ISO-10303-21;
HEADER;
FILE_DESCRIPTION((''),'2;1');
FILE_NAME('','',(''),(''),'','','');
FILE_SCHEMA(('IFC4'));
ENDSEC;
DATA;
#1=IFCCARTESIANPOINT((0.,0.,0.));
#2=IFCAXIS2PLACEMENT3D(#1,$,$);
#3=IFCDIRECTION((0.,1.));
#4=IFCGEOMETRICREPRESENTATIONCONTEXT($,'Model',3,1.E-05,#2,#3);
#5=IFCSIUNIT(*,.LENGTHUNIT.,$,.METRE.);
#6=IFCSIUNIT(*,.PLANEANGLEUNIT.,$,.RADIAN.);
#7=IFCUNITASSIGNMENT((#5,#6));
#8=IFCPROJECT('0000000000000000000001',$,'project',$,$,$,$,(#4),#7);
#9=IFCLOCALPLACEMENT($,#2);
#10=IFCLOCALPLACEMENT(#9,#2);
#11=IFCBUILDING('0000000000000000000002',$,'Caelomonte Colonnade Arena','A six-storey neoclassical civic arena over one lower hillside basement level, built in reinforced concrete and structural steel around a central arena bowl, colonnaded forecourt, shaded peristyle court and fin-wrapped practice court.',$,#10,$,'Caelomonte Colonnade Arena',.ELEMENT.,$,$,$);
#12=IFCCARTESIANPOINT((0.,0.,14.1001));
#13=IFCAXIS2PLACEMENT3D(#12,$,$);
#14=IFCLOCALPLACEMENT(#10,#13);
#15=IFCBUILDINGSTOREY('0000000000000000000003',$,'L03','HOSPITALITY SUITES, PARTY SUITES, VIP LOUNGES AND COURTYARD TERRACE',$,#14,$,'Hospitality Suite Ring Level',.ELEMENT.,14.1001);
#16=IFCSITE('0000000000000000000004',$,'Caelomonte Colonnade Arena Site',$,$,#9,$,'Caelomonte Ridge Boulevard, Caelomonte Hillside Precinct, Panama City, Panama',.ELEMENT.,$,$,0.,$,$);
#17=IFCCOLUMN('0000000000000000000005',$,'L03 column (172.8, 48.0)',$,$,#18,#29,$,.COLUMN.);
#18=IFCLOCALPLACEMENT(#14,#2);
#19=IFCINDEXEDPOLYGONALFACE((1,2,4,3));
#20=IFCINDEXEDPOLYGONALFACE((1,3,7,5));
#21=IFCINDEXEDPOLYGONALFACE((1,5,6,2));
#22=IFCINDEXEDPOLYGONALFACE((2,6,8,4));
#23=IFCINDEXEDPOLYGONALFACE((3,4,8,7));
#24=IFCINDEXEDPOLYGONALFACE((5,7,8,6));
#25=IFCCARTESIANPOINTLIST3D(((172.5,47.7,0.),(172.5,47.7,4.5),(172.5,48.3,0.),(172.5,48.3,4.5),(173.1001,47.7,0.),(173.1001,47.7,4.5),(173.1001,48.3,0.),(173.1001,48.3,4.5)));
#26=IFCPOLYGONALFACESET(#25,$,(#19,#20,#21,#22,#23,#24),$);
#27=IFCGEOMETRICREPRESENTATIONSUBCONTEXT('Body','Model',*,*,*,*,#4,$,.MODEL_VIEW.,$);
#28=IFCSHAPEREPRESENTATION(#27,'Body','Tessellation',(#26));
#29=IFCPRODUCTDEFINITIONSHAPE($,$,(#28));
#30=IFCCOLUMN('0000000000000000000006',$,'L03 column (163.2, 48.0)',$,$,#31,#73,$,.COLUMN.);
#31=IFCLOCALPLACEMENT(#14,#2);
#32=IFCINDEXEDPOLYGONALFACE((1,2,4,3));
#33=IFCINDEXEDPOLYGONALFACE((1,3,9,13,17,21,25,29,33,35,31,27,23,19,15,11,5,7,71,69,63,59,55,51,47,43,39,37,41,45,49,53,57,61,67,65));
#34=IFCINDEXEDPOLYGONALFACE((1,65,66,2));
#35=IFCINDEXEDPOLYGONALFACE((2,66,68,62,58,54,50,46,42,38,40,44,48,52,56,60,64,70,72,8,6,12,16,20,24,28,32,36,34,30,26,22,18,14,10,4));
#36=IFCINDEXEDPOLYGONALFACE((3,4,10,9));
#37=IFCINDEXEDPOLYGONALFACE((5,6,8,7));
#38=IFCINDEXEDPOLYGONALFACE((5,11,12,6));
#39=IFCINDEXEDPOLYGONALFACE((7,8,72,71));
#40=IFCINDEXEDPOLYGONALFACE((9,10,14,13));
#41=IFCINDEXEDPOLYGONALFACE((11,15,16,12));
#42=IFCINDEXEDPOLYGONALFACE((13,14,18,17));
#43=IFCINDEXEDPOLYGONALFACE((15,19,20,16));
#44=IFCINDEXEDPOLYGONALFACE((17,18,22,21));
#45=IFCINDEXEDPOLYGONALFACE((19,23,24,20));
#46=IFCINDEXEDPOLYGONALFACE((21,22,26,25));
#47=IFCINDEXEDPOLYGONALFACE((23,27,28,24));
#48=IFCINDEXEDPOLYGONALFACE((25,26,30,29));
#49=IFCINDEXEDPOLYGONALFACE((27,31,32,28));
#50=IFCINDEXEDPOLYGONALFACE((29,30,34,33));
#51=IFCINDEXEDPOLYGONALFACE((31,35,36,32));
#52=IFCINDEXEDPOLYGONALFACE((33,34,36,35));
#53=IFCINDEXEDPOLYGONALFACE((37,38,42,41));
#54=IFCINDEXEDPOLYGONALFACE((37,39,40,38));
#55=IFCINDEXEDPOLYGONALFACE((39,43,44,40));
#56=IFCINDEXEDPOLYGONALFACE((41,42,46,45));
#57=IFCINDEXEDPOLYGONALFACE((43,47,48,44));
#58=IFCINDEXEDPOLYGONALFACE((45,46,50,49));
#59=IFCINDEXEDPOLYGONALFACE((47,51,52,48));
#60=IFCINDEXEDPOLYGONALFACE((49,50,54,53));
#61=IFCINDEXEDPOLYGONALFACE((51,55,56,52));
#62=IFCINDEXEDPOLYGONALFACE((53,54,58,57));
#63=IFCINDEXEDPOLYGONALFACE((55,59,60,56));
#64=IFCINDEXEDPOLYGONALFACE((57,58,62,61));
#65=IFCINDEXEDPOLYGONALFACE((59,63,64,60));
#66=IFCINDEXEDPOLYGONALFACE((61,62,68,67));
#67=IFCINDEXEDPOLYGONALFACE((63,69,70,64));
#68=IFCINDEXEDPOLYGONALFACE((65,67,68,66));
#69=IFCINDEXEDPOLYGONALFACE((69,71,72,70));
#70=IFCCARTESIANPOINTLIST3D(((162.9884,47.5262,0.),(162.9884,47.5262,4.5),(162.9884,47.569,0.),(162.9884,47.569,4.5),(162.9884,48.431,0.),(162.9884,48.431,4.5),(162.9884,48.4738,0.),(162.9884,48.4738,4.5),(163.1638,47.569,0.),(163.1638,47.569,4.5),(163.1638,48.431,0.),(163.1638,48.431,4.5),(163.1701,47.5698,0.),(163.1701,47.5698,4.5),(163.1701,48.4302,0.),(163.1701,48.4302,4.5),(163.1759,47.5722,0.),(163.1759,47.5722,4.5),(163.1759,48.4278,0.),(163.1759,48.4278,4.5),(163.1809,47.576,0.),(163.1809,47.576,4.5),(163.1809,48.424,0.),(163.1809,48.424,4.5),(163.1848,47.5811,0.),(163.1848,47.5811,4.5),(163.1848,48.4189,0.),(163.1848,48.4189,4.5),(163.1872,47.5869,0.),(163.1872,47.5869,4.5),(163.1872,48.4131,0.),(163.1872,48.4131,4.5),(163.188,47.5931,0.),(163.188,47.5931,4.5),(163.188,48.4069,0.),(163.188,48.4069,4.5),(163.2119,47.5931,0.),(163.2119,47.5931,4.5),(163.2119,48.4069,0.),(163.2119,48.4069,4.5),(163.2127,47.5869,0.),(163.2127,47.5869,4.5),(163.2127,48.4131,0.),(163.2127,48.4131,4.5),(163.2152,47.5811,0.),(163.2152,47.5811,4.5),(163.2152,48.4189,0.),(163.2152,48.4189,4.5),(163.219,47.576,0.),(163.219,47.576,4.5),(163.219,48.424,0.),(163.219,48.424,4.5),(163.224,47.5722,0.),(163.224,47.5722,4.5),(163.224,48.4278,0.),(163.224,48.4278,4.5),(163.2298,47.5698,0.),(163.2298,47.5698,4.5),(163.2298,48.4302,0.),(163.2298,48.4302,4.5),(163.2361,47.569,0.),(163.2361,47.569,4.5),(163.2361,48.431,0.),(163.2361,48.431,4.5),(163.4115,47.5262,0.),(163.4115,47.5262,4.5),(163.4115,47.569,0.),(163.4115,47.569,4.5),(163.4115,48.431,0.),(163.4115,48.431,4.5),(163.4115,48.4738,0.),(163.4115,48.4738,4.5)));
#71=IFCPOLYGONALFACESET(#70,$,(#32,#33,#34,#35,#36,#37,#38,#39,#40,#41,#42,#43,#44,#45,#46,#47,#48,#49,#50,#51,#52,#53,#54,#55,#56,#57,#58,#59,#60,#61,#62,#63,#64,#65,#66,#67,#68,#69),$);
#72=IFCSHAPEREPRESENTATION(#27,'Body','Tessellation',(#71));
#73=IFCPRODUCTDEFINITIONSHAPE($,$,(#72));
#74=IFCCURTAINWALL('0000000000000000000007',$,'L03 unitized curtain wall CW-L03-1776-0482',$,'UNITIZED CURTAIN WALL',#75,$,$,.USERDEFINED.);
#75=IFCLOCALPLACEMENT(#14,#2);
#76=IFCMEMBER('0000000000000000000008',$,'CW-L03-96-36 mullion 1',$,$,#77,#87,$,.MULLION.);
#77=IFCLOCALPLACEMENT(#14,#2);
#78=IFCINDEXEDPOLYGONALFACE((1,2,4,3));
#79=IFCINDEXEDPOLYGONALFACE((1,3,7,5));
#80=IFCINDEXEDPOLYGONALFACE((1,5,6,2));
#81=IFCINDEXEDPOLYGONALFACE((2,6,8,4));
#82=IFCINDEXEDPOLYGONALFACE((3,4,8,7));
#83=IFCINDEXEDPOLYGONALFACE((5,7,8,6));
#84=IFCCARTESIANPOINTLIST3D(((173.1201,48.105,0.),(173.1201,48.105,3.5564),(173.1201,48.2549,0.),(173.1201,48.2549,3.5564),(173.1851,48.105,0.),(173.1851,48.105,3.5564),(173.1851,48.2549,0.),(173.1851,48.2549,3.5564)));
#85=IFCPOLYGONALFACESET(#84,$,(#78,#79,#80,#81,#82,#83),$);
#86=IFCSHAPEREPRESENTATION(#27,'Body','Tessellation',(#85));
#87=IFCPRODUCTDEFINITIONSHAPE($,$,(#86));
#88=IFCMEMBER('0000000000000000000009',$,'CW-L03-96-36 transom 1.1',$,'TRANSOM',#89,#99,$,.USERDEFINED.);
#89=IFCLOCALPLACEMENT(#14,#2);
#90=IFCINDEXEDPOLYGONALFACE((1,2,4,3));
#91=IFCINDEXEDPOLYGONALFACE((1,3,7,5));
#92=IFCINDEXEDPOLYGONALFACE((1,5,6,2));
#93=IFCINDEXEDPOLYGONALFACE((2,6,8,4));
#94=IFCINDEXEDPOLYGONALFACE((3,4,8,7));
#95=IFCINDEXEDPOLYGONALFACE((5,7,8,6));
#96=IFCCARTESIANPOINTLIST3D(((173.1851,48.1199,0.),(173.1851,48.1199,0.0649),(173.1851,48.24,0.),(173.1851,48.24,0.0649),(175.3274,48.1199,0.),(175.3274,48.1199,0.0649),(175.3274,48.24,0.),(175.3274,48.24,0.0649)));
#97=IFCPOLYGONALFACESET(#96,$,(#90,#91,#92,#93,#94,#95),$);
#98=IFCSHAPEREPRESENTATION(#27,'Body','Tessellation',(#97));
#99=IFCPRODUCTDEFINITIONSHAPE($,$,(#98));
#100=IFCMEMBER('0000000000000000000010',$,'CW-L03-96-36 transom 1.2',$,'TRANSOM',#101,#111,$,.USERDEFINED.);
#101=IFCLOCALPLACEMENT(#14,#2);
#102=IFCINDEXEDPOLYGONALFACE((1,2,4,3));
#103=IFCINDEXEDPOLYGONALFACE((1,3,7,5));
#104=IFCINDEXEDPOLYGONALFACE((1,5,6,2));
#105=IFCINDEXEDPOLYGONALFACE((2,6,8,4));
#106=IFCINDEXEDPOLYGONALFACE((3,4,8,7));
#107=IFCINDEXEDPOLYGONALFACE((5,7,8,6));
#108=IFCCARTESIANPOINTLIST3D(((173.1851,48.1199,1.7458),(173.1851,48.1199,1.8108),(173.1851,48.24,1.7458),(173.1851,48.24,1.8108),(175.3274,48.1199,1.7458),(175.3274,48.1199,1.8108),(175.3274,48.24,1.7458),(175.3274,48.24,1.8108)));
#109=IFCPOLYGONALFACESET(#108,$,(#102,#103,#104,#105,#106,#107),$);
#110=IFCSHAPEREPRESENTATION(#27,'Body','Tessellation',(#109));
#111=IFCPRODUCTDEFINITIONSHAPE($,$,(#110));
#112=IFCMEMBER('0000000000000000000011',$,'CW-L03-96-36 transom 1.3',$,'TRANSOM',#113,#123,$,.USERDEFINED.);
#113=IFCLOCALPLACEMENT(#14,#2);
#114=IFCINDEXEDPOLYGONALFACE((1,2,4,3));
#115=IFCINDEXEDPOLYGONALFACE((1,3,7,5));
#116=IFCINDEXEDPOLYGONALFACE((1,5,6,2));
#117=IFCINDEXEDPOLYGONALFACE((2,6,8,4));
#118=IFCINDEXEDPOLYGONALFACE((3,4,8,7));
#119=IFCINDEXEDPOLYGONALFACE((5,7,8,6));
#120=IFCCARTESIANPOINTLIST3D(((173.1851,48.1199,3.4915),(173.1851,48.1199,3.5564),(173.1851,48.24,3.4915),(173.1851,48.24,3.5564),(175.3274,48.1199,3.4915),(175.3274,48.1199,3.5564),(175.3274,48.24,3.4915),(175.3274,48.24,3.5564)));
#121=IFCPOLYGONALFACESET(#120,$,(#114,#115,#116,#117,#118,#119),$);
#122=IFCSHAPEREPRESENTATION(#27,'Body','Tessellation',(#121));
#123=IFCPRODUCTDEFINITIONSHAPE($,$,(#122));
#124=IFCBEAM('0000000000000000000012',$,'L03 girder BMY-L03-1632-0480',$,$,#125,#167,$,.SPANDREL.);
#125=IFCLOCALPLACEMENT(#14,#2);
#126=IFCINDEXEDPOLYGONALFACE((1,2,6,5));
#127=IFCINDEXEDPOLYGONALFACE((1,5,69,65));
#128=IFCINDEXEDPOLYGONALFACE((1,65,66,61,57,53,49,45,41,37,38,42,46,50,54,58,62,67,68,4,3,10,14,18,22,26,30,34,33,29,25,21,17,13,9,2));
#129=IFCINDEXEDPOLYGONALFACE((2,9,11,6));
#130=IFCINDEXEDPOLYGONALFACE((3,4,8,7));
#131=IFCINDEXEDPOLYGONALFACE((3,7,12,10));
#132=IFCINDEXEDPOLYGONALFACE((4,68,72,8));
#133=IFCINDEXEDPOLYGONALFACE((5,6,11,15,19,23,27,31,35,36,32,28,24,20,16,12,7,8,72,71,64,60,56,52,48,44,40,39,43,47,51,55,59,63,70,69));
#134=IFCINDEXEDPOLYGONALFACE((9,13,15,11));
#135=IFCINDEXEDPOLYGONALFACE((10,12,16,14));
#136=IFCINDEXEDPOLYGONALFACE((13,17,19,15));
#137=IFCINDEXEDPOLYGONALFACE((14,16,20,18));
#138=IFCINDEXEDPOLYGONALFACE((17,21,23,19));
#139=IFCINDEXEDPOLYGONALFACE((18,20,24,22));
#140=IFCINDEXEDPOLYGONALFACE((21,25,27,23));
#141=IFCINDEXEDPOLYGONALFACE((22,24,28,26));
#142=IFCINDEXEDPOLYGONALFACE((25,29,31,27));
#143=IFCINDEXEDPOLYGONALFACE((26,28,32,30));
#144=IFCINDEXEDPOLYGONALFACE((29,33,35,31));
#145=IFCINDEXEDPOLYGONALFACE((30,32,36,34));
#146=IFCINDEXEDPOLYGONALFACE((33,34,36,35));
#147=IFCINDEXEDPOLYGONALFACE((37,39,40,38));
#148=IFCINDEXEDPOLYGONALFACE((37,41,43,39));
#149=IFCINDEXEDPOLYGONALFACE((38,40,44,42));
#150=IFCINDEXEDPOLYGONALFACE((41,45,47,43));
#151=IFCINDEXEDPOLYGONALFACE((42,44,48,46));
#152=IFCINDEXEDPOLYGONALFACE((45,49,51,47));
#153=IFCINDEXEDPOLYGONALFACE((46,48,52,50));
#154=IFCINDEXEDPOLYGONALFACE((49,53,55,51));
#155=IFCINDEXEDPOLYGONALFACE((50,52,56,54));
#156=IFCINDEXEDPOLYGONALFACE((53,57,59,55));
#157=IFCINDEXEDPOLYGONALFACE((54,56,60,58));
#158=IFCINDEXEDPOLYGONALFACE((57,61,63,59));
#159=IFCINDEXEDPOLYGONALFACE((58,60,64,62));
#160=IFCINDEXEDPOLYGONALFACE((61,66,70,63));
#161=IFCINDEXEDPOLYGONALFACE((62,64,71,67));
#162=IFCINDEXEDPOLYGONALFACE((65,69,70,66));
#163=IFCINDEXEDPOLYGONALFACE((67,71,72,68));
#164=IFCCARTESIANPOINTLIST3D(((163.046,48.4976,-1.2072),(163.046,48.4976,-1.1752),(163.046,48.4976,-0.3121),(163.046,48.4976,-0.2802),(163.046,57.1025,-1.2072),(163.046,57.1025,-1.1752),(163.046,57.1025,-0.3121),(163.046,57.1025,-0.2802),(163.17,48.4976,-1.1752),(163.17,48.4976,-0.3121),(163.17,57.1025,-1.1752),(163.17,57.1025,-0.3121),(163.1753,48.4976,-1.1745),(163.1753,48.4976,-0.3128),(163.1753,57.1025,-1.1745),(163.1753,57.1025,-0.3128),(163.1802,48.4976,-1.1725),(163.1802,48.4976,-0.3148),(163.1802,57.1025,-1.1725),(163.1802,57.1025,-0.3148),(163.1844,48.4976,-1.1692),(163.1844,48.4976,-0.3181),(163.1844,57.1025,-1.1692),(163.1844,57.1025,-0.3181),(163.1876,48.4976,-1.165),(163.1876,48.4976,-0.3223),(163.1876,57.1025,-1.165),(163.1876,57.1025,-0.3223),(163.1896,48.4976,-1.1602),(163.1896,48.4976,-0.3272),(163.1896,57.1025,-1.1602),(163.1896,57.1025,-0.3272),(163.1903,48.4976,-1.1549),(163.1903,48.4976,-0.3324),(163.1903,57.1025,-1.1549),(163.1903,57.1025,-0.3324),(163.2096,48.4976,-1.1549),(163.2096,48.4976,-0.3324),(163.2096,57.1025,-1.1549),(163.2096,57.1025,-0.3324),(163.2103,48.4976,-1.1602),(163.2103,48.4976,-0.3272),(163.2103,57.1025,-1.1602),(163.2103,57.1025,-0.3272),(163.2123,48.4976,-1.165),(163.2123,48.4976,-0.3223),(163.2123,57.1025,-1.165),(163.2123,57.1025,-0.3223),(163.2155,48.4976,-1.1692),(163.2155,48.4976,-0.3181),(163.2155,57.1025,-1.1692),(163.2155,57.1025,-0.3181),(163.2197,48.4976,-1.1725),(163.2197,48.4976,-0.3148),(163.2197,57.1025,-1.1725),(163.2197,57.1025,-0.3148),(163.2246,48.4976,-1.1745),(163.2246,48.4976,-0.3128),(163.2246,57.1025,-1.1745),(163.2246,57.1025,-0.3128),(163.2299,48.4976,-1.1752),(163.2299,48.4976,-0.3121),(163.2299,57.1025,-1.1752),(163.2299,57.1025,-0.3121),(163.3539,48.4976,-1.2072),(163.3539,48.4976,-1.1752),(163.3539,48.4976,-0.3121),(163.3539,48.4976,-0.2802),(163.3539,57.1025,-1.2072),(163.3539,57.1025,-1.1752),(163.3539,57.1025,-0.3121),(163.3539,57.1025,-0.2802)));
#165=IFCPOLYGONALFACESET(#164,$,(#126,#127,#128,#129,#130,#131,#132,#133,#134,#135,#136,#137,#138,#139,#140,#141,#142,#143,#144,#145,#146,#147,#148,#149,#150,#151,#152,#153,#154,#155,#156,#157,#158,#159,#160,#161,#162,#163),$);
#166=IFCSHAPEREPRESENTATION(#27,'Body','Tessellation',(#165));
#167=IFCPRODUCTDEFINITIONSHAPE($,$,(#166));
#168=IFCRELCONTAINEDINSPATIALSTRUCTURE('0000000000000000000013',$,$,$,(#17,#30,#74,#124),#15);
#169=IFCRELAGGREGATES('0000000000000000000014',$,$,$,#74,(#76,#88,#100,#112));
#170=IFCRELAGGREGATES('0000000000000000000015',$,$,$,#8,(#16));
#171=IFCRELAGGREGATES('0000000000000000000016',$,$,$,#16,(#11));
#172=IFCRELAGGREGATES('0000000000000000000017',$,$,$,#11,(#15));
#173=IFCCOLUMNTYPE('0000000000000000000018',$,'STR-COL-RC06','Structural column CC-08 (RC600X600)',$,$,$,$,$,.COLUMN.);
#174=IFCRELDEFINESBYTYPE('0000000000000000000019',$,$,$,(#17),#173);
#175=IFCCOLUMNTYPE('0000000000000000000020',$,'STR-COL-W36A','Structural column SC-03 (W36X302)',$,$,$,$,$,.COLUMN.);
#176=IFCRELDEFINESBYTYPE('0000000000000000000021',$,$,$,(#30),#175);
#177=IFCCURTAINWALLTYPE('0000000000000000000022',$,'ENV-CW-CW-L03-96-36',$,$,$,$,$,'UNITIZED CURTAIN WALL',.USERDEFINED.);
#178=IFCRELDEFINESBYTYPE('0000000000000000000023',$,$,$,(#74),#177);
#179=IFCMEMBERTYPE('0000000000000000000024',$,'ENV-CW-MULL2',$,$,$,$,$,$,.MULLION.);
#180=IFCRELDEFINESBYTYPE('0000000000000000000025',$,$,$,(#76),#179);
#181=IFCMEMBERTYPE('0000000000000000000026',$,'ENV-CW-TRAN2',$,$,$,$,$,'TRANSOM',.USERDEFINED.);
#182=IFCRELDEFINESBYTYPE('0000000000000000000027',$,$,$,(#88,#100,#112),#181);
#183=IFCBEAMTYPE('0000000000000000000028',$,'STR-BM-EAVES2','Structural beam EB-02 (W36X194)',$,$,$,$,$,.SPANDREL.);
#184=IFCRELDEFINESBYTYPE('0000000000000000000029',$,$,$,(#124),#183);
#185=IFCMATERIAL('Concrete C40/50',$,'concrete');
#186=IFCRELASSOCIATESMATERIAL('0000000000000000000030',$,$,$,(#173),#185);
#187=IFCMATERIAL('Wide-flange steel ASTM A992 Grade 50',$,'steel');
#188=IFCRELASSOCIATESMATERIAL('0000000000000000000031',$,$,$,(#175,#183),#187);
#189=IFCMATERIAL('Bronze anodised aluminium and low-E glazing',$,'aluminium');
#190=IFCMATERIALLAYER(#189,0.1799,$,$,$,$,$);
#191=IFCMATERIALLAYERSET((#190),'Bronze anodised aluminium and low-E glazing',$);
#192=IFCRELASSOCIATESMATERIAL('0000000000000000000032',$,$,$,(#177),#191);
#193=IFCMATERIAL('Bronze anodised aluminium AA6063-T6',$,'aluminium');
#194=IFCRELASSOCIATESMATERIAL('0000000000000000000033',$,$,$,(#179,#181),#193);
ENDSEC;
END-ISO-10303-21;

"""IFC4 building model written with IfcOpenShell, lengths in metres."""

from ifc_helpers import new_model, si_unit, direction, frame, origin, origin_2d, place, context, subcontext, project, spatial, rectangle, i_section, extrude, material, layer, layer_set, material_profile, profile_set, type_object, element, aggregate, save


model = new_model("IFC4")

# Units and contexts
model_context = context("Model", 3, precision=1e-05, world=origin(), true_north=direction((0.0, 1.0)))
body_context = subcontext(model_context, "Body", "Model", "MODEL_VIEW")
ifc_project = project(units=[si_unit("LENGTHUNIT", "METRE"), si_unit("PLANEANGLEUNIT", "RADIAN")], contexts=[model_context])

# Site, building, storey
site_placement = place(None, origin())
site = spatial("IfcSite", under=ifc_project, at=site_placement, Name="Caelomonte Colonnade Arena Site", LongName="Caelomonte Ridge Boulevard, Caelomonte Hillside Precinct, Panama City, Panama", CompositionType="ELEMENT", RefElevation=0.0)
building_placement = place(site_placement, origin())
building = spatial("IfcBuilding", under=site, at=building_placement, Name="Caelomonte Colonnade Arena", Description="A six-storey neoclassical civic arena over one lower hillside basement level, built in reinforced concrete and structural steel around a central arena bowl, colonnaded forecourt, shaded peristyle court and fin-wrapped practice court.", LongName="Caelomonte Colonnade Arena", CompositionType="ELEMENT")
storey_placement = place(building_placement, frame((0.0, 0.0, 14.1001)))
storey = spatial("IfcBuildingStorey", under=building, at=storey_placement, Name="L03", Description="HOSPITALITY SUITES, PARTY SUITES, VIP LOUNGES AND COURTYARD TERRACE", LongName="Hospitality Suite Ring Level", CompositionType="ELEMENT", Elevation=14.1001)

# Columns
ifc_material_1 = material(Name="Concrete C40/50", Category="concrete")
ifc_material_profile_1 = material_profile(ifc_material_1, rectangle(XDim=0.6001, YDim=0.6001, at=origin_2d()), Name="RC600X600")
ifc_profile_set_1 = profile_set([ifc_material_profile_1], Name="Concrete C40/50")
column_type_1 = type_object("IfcColumnType", Name="STR-COL-RC06", Description="Structural column CC-08 (RC600X600)", PredefinedType="COLUMN", material=ifc_profile_set_1)
column_1_placement = place(storey_placement, frame((172.8, 48.0, 0.0), z_axis=(0.0, 0.0, 1.0), x_axis=(1.0, 0.0, 0.0)))
element("IfcColumn", 1, at=column_1_placement, inside=storey, type_object=column_type_1, Name="L03 column (172.8, 48.0)", PredefinedType="COLUMN", context=body_context, shape_type="SweptSolid", body=[
    extrude(rectangle(XDim=0.6001, YDim=0.6001, at=origin_2d()), origin(), (0.0, 0.0, 1.0), 4.5),
])
ifc_material_2 = material(Name="Wide-flange steel ASTM A992 Grade 50", Category="steel")
ifc_material_profile_2 = material_profile(ifc_material_2, i_section(OverallWidth=0.4231, OverallDepth=0.9475, WebThickness=0.0239, FlangeThickness=0.0427, FilletRadius=0.0242, at=origin_2d()), Name="W36X302")
ifc_profile_set_2 = profile_set([ifc_material_profile_2], Name="Wide-flange steel ASTM A992 Grade 50")
column_type_2 = type_object("IfcColumnType", Name="STR-COL-W36A", Description="Structural column SC-03 (W36X302)", PredefinedType="COLUMN", material=ifc_profile_set_2)
column_2_placement = place(storey_placement, frame((163.2, 48.0, 0.0), z_axis=(0.0, 0.0, 1.0), x_axis=(1.0, 0.0, 0.0)))
element("IfcColumn", 2, at=column_2_placement, inside=storey, type_object=column_type_2, Name="L03 column (163.2, 48.0)", PredefinedType="COLUMN", context=body_context, shape_type="SweptSolid", body=[
    extrude(i_section(OverallWidth=0.4231, OverallDepth=0.9475, WebThickness=0.0239, FlangeThickness=0.0427, FilletRadius=0.0242, at=origin_2d()), origin(), (0.0, 0.0, 1.0), 4.5),
])

# Curtain wall, members
ifc_material_3 = material(Name="Bronze anodised aluminium and low-E glazing", Category="aluminium")
ifc_layer_1 = layer(ifc_material_3, 0.1799)
ifc_layer_set_1 = layer_set([ifc_layer_1], Name="Bronze anodised aluminium and low-E glazing")
curtain_wall_type = type_object("IfcCurtainWallType", Name="ENV-CW-CW-L03-96-36", ElementType="UNITIZED CURTAIN WALL", PredefinedType="USERDEFINED", material=ifc_layer_set_1)
curtain_wall_placement = place(storey_placement, origin())
curtain_wall = element("IfcCurtainWall", 3, at=curtain_wall_placement, inside=storey, type_object=curtain_wall_type, Name="L03 unitized curtain wall CW-L03-1776-0482", ObjectType="UNITIZED CURTAIN WALL", PredefinedType="USERDEFINED")
ifc_material_4 = material(Name="Bronze anodised aluminium AA6063-T6", Category="aluminium")
ifc_material_profile_3 = material_profile(ifc_material_4, rectangle(XDim=0.0649, YDim=0.1499, at=origin_2d()), Name="CWM-65X150")
ifc_profile_set_3 = profile_set([ifc_material_profile_3], Name="Bronze anodised aluminium AA6063-T6")
member_type_1 = type_object("IfcMemberType", Name="ENV-CW-MULL2", PredefinedType="MULLION", material=ifc_profile_set_3)
member_1_placement = place(storey_placement, frame((173.1526, 48.1799, 0.0), z_axis=(0.0, 0.0, 1.0), x_axis=(1.0, 0.0, 0.0)))
member_1 = element("IfcMember", 4, at=member_1_placement, type_object=member_type_1, Name="CW-L03-96-36 mullion 1", PredefinedType="MULLION", context=body_context, shape_type="SweptSolid", body=[
    extrude(rectangle(XDim=0.0649, YDim=0.1499, at=origin_2d()), origin(), (0.0, 0.0, 1.0), 3.5564),
])
ifc_material_profile_4 = material_profile(ifc_material_4, rectangle(XDim=0.0649, YDim=0.1201, at=origin_2d()), Name="CWT-65X120")
ifc_profile_set_4 = profile_set([ifc_material_profile_4], Name="Bronze anodised aluminium AA6063-T6")
member_type_2 = type_object("IfcMemberType", Name="ENV-CW-TRAN2", ElementType="TRANSOM", PredefinedType="USERDEFINED", material=ifc_profile_set_4)
member_2_placement = place(storey_placement, frame((173.1851, 48.1799, 0.0325), z_axis=(1.0, 0.0, 0.0), x_axis=(0.0, 0.0, 1.0)))
member_2 = element("IfcMember", 5, at=member_2_placement, type_object=member_type_2, Name="CW-L03-96-36 transom 1.1", ObjectType="TRANSOM", PredefinedType="USERDEFINED", context=body_context, shape_type="SweptSolid", body=[
    extrude(rectangle(XDim=0.0649, YDim=0.1201, at=origin_2d()), origin(), (0.0, 0.0, 1.0), 2.1423),
])
member_3_placement = place(storey_placement, frame((173.1851, 48.1799, 1.7783), z_axis=(1.0, 0.0, 0.0), x_axis=(0.0, 0.0, 1.0)))
member_3 = element("IfcMember", 6, at=member_3_placement, type_object=member_type_2, Name="CW-L03-96-36 transom 1.2", ObjectType="TRANSOM", PredefinedType="USERDEFINED", context=body_context, shape_type="SweptSolid", body=[
    extrude(rectangle(XDim=0.0649, YDim=0.1201, at=origin_2d()), origin(), (0.0, 0.0, 1.0), 2.1423),
])
member_4_placement = place(storey_placement, frame((173.1851, 48.1799, 3.5239), z_axis=(1.0, 0.0, 0.0), x_axis=(0.0, 0.0, 1.0)))
member_4 = element("IfcMember", 7, at=member_4_placement, type_object=member_type_2, Name="CW-L03-96-36 transom 1.3", ObjectType="TRANSOM", PredefinedType="USERDEFINED", context=body_context, shape_type="SweptSolid", body=[
    extrude(rectangle(XDim=0.0649, YDim=0.1201, at=origin_2d()), origin(), (0.0, 0.0, 1.0), 2.1423),
])

# Beam
ifc_material_profile_5 = material_profile(ifc_material_2, i_section(OverallWidth=0.3079, OverallDepth=0.927, WebThickness=0.0193, FlangeThickness=0.032, FilletRadius=0.0203, at=origin_2d()), Name="W36X194")
ifc_profile_set_5 = profile_set([ifc_material_profile_5], Name="Wide-flange steel ASTM A992 Grade 50")
beam_type_1 = type_object("IfcBeamType", Name="STR-BM-EAVES2", Description="Structural beam EB-02 (W36X194)", PredefinedType="SPANDREL", material=ifc_profile_set_5)
beam_1_placement = place(storey_placement, frame((163.2, 48.4976, -0.7437), z_axis=(0.0, 1.0, 0.0), x_axis=(-1.0, 0.0, 0.0)))
element("IfcBeam", 8, at=beam_1_placement, inside=storey, type_object=beam_type_1, Name="L03 girder BMY-L03-1632-0480", PredefinedType="SPANDREL", context=body_context, shape_type="SweptSolid", body=[
    extrude(i_section(OverallWidth=0.3079, OverallDepth=0.927, WebThickness=0.0193, FlangeThickness=0.032, FilletRadius=0.0203, at=origin_2d()), origin(), (0.0, 0.0, 1.0), 8.605),
])

aggregate(curtain_wall, [member_1, member_2, member_3, member_4])

save(model, "model.ifc")
